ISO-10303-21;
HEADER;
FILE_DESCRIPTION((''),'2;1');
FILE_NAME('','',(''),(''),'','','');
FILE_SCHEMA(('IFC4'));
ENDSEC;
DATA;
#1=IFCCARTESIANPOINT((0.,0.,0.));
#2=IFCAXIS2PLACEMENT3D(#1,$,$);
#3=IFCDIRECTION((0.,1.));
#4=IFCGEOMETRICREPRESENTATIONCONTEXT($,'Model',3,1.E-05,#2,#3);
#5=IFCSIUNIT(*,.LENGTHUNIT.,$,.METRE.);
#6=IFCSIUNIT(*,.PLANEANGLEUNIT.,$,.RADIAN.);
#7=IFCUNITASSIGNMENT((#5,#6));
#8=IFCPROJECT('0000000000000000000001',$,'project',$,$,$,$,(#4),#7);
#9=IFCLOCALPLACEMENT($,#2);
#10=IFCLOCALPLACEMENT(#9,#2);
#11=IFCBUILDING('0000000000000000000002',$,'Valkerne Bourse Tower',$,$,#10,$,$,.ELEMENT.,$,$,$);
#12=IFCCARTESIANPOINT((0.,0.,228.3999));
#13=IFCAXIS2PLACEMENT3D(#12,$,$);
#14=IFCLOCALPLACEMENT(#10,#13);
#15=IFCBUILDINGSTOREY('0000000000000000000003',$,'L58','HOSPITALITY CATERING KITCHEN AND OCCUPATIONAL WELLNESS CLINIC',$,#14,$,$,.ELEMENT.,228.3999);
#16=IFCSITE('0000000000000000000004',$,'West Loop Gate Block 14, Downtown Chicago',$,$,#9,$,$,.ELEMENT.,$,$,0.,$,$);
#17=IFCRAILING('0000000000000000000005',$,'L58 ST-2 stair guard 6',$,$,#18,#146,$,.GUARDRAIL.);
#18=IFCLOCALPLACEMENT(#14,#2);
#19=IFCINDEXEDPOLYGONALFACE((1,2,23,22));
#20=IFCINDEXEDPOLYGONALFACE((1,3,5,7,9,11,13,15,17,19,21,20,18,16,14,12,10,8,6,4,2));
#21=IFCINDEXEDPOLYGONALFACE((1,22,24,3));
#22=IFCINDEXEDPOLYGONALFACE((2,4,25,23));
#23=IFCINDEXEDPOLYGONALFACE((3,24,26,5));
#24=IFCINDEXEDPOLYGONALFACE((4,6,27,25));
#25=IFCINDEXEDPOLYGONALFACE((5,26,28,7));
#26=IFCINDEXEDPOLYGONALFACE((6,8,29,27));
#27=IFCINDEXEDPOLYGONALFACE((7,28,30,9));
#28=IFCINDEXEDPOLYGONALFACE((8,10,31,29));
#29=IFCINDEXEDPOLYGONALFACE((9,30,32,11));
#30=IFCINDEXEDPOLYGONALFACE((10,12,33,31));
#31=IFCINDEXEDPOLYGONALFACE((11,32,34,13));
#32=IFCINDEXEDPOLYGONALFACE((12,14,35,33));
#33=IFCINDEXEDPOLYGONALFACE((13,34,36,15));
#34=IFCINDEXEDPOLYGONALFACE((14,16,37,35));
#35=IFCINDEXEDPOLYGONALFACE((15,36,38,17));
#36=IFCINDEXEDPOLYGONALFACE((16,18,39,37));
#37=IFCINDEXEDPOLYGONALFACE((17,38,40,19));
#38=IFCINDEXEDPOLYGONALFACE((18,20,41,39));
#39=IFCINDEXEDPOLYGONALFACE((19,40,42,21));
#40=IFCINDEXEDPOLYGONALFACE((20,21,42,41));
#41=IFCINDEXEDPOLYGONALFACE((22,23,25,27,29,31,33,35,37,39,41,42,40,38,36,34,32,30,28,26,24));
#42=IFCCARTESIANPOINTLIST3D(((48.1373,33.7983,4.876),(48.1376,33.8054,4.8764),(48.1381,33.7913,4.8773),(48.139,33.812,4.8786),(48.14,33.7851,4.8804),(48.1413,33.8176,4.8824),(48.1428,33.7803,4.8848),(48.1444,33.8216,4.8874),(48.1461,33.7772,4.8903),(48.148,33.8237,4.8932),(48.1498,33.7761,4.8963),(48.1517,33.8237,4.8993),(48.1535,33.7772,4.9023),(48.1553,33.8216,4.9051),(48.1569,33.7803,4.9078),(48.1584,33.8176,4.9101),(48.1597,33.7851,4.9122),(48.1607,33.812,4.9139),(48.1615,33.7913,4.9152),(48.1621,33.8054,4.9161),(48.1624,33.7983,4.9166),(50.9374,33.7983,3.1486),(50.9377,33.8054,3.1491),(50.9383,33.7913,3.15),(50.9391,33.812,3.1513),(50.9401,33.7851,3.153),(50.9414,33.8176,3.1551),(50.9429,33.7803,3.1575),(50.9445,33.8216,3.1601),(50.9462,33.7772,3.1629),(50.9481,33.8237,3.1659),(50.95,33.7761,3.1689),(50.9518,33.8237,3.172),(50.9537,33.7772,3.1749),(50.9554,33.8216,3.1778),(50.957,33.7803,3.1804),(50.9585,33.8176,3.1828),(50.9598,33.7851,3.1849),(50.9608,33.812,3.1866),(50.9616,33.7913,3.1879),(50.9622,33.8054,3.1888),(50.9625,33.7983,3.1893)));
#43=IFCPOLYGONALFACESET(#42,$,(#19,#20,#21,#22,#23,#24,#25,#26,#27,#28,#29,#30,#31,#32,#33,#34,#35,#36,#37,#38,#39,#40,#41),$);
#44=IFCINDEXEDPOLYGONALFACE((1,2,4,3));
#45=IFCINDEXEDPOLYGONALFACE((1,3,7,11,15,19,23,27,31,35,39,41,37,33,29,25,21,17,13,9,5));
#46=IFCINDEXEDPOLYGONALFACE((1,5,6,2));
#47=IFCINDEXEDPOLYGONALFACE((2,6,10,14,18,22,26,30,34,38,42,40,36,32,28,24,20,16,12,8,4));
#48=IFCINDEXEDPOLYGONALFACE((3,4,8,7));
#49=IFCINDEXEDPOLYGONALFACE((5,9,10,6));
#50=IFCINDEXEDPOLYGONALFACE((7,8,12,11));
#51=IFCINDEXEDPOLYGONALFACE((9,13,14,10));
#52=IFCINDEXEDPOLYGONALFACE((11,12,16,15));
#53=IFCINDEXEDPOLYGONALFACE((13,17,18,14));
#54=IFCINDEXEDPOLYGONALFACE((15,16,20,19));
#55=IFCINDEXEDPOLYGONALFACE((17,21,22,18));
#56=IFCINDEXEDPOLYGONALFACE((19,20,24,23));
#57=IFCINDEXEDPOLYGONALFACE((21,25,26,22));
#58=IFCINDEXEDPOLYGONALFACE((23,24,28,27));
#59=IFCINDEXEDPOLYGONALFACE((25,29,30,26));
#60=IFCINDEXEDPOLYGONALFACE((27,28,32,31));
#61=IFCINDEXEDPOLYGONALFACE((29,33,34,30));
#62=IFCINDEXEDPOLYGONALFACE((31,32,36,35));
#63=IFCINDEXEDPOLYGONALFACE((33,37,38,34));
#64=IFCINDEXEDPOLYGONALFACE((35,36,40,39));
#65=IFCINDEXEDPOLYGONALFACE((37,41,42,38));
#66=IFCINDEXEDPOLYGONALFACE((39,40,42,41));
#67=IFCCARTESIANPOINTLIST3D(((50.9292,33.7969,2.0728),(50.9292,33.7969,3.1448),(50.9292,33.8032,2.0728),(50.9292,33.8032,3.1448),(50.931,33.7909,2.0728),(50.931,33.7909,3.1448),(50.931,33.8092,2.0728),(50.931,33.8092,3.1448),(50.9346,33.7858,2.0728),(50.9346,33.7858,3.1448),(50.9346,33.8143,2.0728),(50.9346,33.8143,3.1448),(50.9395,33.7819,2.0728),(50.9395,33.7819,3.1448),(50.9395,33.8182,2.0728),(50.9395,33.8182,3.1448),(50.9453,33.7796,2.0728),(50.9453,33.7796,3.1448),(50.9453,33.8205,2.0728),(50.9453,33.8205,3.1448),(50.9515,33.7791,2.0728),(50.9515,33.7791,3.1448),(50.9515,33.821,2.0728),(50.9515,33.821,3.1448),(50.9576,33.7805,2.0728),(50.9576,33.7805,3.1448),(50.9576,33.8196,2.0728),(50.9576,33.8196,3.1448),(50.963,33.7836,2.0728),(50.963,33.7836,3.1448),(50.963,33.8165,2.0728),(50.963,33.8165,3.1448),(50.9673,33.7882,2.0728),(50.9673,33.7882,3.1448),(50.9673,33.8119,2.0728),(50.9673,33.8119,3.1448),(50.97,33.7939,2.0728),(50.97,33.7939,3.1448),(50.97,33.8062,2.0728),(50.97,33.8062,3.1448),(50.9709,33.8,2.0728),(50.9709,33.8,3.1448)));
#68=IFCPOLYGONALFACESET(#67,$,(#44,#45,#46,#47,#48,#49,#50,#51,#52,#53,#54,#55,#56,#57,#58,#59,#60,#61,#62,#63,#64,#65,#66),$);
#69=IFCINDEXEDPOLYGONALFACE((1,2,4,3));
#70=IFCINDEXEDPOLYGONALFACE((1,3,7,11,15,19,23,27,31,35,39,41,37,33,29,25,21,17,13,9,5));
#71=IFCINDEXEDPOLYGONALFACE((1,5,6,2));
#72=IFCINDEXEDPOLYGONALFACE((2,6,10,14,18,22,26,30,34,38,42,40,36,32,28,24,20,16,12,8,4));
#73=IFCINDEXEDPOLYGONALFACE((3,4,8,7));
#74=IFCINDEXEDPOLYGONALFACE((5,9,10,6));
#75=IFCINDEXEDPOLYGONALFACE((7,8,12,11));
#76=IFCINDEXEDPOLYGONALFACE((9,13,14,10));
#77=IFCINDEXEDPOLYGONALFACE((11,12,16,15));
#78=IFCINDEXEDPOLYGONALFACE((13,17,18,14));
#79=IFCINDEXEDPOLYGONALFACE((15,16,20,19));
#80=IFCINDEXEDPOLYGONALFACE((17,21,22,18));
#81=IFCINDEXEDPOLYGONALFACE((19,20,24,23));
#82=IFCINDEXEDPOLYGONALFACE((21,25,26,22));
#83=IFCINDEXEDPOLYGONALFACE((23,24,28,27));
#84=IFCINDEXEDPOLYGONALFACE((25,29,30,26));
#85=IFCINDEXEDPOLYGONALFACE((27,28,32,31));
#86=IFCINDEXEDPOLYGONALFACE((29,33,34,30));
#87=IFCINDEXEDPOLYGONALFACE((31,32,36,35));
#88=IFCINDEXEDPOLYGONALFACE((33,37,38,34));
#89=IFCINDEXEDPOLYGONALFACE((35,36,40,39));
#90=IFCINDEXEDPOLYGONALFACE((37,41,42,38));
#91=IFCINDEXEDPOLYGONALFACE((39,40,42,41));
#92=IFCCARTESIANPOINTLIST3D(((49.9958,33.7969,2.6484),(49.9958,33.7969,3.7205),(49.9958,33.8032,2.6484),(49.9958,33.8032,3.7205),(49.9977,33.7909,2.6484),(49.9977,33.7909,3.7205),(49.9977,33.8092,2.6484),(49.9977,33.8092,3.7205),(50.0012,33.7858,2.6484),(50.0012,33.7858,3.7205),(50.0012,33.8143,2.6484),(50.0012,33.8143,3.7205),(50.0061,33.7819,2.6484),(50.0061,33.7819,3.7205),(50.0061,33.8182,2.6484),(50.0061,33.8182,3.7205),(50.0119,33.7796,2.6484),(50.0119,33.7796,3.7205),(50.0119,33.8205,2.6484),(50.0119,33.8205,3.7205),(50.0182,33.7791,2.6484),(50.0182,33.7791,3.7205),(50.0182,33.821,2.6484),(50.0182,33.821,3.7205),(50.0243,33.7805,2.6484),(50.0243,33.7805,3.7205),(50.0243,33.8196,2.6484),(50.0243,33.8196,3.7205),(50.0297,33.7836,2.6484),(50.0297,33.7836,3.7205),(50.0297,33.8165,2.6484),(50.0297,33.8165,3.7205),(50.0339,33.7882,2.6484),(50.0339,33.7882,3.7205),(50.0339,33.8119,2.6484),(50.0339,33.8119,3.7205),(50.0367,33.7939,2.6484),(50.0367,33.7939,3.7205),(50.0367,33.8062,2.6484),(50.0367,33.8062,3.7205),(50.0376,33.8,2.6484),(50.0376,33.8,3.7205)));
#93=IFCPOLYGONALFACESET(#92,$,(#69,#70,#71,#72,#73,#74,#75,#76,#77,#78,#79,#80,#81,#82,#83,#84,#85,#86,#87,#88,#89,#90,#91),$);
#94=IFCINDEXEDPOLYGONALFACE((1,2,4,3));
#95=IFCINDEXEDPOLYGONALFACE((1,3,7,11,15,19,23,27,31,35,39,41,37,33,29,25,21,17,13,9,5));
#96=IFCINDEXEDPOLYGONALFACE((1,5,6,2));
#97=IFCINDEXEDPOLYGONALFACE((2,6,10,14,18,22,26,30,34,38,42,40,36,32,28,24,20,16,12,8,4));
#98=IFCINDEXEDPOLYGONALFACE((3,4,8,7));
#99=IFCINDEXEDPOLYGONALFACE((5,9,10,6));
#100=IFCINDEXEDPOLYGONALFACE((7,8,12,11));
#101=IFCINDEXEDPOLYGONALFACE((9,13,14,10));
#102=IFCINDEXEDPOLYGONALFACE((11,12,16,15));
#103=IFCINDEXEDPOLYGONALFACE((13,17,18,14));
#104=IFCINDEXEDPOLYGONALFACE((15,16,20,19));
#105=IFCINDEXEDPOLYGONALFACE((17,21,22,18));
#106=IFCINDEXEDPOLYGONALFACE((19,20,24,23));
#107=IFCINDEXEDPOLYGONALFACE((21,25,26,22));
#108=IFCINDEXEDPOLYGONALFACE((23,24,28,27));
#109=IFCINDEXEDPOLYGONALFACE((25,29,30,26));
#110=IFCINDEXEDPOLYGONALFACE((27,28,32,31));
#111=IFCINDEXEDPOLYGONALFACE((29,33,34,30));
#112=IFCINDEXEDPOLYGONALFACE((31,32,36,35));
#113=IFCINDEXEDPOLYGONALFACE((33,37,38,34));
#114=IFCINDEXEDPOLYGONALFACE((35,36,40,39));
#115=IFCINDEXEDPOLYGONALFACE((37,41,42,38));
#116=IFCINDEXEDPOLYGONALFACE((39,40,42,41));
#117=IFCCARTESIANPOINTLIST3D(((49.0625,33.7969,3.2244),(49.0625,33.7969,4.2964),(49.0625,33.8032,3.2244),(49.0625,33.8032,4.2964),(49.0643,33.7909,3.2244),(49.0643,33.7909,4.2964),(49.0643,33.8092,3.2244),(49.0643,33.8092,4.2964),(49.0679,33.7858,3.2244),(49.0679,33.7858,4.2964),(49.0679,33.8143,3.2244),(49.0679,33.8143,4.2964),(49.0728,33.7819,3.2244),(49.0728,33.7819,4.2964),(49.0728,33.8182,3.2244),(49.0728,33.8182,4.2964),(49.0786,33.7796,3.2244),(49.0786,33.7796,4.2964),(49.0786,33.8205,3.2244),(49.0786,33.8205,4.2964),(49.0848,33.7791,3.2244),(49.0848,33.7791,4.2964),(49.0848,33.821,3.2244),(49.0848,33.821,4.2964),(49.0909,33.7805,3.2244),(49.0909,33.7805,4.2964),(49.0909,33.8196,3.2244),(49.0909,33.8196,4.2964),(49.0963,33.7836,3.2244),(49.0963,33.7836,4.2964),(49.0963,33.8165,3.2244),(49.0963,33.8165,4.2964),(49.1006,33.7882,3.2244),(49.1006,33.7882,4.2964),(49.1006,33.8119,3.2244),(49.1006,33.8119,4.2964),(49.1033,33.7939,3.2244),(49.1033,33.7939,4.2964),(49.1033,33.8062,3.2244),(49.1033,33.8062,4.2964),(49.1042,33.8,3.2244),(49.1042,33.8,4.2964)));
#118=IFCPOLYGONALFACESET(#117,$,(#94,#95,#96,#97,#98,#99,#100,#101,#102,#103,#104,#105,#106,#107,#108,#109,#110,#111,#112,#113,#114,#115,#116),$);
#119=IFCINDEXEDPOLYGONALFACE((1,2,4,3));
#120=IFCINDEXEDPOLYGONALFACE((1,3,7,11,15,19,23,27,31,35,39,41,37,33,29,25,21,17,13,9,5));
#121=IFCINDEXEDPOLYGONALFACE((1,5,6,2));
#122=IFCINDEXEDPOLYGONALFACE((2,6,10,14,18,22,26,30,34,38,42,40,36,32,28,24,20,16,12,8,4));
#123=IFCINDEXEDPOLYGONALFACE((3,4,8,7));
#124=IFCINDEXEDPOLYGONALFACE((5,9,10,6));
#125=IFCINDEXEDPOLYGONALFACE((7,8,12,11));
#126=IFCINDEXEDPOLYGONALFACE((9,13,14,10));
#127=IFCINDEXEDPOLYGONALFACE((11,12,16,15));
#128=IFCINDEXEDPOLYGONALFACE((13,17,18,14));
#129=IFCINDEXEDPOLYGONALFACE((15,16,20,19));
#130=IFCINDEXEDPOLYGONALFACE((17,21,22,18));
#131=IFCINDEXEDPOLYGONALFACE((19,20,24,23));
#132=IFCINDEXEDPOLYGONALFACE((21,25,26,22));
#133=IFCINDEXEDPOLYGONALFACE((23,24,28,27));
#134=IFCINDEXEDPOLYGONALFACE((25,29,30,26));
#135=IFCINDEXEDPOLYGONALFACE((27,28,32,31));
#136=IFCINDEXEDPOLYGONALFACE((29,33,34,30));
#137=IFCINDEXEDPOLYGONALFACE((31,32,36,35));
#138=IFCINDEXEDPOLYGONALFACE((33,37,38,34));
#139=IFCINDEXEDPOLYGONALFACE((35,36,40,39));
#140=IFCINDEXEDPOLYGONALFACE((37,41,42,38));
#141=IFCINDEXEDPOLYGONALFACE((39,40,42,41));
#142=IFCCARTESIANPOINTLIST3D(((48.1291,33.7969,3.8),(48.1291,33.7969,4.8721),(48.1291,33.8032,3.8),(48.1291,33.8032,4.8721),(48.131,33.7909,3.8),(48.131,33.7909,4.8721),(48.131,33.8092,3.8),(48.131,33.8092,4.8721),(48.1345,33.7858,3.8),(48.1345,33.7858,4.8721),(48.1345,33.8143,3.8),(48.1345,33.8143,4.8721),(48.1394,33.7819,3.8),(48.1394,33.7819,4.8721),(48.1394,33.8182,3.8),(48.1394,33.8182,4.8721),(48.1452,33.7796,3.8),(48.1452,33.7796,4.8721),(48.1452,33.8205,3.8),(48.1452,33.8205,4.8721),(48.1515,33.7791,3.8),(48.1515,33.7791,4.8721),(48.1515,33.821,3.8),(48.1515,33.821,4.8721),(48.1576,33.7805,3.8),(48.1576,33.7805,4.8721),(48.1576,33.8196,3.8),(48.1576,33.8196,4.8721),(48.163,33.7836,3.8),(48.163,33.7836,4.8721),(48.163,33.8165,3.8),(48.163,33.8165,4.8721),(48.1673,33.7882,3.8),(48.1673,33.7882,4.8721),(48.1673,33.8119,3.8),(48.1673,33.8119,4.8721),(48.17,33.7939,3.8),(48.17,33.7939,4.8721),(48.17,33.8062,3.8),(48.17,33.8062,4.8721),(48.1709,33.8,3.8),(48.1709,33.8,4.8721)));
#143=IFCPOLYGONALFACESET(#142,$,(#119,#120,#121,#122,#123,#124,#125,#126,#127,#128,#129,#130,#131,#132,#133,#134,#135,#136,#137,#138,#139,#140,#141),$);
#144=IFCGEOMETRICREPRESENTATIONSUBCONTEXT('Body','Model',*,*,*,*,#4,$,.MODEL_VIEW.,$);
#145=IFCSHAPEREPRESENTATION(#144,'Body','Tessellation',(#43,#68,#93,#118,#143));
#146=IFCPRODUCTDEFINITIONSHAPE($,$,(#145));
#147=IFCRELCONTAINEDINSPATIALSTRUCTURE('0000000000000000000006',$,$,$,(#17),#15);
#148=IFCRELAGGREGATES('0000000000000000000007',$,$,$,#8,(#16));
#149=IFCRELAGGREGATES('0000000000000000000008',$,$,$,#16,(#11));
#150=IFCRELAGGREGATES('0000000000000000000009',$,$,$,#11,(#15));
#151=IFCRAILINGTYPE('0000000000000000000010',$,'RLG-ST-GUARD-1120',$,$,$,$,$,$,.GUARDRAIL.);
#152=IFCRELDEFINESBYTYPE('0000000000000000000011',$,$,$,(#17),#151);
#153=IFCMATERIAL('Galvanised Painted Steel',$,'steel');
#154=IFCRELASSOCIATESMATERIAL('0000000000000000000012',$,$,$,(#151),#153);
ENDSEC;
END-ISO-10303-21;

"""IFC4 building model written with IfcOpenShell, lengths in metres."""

from ifc_helpers import new_model, si_unit, direction, frame, origin, origin_2d, place, context, subcontext, project, spatial, circle, extrude, material, type_object, element, save


model = new_model("IFC4")

# Units and contexts
model_context = context("Model", 3, precision=1e-05, world=origin(), true_north=direction((0.0, 1.0)))
body_context = subcontext(model_context, "Body", "Model", "MODEL_VIEW")
ifc_project = project(units=[si_unit("LENGTHUNIT", "METRE"), si_unit("PLANEANGLEUNIT", "RADIAN")], contexts=[model_context])

# Site, building, storey
site_placement = place(None, origin())
site = spatial("IfcSite", under=ifc_project, at=site_placement, Name="West Loop Gate Block 14, Downtown Chicago", CompositionType="ELEMENT", RefElevation=0.0)
building_placement = place(site_placement, origin())
building = spatial("IfcBuilding", under=site, at=building_placement, Name="Valkerne Bourse Tower", CompositionType="ELEMENT")
storey_placement = place(building_placement, frame((0.0, 0.0, 228.3999)))
storey = spatial("IfcBuildingStorey", under=building, at=storey_placement, Name="L58", Description="HOSPITALITY CATERING KITCHEN AND OCCUPATIONAL WELLNESS CLINIC", CompositionType="ELEMENT", Elevation=228.3999)

# Shared definitions
ifc_material_1 = material(Name="Galvanised Painted Steel", Category="steel")

# Railing
railing_type_1 = type_object("IfcRailingType", Name="RLG-ST-GUARD-1120", PredefinedType="GUARDRAIL", material=ifc_material_1)
railing_1_placement = place(storey_placement, frame((50.95, 33.8, 2.0728)))
element("IfcRailing", 1, at=railing_1_placement, inside=storey, type_object=railing_type_1, Name="L58 ST-2 stair guard 6", PredefinedType="GUARDRAIL", context=body_context, shape_type="SweptSolid", body=[
    extrude(circle(Radius=0.0239, at=origin_2d()), frame((0.0, 0.0, 1.0962), z_axis=(-0.85109, 0.0, 0.52502), x_axis=(0.0, -1.0, 0.0)), (0.0, 0.0, 1.0), 3.29),
    extrude(circle(Radius=0.021, at=origin_2d()), origin(), (0.0, 0.0, 1.0), 1.072),
    extrude(circle(Radius=0.021, at=origin_2d()), frame((-0.9333, 0.0, 0.5757)), (0.0, 0.0, 1.0), 1.072),
    extrude(circle(Radius=0.021, at=origin_2d()), frame((-1.8667, 0.0, 1.1516)), (0.0, 0.0, 1.0), 1.072),
    extrude(circle(Radius=0.021, at=origin_2d()), frame((-2.8, 0.0, 1.7273)), (0.0, 0.0, 1.0), 1.072),
])

save(model, "model.ifc")
